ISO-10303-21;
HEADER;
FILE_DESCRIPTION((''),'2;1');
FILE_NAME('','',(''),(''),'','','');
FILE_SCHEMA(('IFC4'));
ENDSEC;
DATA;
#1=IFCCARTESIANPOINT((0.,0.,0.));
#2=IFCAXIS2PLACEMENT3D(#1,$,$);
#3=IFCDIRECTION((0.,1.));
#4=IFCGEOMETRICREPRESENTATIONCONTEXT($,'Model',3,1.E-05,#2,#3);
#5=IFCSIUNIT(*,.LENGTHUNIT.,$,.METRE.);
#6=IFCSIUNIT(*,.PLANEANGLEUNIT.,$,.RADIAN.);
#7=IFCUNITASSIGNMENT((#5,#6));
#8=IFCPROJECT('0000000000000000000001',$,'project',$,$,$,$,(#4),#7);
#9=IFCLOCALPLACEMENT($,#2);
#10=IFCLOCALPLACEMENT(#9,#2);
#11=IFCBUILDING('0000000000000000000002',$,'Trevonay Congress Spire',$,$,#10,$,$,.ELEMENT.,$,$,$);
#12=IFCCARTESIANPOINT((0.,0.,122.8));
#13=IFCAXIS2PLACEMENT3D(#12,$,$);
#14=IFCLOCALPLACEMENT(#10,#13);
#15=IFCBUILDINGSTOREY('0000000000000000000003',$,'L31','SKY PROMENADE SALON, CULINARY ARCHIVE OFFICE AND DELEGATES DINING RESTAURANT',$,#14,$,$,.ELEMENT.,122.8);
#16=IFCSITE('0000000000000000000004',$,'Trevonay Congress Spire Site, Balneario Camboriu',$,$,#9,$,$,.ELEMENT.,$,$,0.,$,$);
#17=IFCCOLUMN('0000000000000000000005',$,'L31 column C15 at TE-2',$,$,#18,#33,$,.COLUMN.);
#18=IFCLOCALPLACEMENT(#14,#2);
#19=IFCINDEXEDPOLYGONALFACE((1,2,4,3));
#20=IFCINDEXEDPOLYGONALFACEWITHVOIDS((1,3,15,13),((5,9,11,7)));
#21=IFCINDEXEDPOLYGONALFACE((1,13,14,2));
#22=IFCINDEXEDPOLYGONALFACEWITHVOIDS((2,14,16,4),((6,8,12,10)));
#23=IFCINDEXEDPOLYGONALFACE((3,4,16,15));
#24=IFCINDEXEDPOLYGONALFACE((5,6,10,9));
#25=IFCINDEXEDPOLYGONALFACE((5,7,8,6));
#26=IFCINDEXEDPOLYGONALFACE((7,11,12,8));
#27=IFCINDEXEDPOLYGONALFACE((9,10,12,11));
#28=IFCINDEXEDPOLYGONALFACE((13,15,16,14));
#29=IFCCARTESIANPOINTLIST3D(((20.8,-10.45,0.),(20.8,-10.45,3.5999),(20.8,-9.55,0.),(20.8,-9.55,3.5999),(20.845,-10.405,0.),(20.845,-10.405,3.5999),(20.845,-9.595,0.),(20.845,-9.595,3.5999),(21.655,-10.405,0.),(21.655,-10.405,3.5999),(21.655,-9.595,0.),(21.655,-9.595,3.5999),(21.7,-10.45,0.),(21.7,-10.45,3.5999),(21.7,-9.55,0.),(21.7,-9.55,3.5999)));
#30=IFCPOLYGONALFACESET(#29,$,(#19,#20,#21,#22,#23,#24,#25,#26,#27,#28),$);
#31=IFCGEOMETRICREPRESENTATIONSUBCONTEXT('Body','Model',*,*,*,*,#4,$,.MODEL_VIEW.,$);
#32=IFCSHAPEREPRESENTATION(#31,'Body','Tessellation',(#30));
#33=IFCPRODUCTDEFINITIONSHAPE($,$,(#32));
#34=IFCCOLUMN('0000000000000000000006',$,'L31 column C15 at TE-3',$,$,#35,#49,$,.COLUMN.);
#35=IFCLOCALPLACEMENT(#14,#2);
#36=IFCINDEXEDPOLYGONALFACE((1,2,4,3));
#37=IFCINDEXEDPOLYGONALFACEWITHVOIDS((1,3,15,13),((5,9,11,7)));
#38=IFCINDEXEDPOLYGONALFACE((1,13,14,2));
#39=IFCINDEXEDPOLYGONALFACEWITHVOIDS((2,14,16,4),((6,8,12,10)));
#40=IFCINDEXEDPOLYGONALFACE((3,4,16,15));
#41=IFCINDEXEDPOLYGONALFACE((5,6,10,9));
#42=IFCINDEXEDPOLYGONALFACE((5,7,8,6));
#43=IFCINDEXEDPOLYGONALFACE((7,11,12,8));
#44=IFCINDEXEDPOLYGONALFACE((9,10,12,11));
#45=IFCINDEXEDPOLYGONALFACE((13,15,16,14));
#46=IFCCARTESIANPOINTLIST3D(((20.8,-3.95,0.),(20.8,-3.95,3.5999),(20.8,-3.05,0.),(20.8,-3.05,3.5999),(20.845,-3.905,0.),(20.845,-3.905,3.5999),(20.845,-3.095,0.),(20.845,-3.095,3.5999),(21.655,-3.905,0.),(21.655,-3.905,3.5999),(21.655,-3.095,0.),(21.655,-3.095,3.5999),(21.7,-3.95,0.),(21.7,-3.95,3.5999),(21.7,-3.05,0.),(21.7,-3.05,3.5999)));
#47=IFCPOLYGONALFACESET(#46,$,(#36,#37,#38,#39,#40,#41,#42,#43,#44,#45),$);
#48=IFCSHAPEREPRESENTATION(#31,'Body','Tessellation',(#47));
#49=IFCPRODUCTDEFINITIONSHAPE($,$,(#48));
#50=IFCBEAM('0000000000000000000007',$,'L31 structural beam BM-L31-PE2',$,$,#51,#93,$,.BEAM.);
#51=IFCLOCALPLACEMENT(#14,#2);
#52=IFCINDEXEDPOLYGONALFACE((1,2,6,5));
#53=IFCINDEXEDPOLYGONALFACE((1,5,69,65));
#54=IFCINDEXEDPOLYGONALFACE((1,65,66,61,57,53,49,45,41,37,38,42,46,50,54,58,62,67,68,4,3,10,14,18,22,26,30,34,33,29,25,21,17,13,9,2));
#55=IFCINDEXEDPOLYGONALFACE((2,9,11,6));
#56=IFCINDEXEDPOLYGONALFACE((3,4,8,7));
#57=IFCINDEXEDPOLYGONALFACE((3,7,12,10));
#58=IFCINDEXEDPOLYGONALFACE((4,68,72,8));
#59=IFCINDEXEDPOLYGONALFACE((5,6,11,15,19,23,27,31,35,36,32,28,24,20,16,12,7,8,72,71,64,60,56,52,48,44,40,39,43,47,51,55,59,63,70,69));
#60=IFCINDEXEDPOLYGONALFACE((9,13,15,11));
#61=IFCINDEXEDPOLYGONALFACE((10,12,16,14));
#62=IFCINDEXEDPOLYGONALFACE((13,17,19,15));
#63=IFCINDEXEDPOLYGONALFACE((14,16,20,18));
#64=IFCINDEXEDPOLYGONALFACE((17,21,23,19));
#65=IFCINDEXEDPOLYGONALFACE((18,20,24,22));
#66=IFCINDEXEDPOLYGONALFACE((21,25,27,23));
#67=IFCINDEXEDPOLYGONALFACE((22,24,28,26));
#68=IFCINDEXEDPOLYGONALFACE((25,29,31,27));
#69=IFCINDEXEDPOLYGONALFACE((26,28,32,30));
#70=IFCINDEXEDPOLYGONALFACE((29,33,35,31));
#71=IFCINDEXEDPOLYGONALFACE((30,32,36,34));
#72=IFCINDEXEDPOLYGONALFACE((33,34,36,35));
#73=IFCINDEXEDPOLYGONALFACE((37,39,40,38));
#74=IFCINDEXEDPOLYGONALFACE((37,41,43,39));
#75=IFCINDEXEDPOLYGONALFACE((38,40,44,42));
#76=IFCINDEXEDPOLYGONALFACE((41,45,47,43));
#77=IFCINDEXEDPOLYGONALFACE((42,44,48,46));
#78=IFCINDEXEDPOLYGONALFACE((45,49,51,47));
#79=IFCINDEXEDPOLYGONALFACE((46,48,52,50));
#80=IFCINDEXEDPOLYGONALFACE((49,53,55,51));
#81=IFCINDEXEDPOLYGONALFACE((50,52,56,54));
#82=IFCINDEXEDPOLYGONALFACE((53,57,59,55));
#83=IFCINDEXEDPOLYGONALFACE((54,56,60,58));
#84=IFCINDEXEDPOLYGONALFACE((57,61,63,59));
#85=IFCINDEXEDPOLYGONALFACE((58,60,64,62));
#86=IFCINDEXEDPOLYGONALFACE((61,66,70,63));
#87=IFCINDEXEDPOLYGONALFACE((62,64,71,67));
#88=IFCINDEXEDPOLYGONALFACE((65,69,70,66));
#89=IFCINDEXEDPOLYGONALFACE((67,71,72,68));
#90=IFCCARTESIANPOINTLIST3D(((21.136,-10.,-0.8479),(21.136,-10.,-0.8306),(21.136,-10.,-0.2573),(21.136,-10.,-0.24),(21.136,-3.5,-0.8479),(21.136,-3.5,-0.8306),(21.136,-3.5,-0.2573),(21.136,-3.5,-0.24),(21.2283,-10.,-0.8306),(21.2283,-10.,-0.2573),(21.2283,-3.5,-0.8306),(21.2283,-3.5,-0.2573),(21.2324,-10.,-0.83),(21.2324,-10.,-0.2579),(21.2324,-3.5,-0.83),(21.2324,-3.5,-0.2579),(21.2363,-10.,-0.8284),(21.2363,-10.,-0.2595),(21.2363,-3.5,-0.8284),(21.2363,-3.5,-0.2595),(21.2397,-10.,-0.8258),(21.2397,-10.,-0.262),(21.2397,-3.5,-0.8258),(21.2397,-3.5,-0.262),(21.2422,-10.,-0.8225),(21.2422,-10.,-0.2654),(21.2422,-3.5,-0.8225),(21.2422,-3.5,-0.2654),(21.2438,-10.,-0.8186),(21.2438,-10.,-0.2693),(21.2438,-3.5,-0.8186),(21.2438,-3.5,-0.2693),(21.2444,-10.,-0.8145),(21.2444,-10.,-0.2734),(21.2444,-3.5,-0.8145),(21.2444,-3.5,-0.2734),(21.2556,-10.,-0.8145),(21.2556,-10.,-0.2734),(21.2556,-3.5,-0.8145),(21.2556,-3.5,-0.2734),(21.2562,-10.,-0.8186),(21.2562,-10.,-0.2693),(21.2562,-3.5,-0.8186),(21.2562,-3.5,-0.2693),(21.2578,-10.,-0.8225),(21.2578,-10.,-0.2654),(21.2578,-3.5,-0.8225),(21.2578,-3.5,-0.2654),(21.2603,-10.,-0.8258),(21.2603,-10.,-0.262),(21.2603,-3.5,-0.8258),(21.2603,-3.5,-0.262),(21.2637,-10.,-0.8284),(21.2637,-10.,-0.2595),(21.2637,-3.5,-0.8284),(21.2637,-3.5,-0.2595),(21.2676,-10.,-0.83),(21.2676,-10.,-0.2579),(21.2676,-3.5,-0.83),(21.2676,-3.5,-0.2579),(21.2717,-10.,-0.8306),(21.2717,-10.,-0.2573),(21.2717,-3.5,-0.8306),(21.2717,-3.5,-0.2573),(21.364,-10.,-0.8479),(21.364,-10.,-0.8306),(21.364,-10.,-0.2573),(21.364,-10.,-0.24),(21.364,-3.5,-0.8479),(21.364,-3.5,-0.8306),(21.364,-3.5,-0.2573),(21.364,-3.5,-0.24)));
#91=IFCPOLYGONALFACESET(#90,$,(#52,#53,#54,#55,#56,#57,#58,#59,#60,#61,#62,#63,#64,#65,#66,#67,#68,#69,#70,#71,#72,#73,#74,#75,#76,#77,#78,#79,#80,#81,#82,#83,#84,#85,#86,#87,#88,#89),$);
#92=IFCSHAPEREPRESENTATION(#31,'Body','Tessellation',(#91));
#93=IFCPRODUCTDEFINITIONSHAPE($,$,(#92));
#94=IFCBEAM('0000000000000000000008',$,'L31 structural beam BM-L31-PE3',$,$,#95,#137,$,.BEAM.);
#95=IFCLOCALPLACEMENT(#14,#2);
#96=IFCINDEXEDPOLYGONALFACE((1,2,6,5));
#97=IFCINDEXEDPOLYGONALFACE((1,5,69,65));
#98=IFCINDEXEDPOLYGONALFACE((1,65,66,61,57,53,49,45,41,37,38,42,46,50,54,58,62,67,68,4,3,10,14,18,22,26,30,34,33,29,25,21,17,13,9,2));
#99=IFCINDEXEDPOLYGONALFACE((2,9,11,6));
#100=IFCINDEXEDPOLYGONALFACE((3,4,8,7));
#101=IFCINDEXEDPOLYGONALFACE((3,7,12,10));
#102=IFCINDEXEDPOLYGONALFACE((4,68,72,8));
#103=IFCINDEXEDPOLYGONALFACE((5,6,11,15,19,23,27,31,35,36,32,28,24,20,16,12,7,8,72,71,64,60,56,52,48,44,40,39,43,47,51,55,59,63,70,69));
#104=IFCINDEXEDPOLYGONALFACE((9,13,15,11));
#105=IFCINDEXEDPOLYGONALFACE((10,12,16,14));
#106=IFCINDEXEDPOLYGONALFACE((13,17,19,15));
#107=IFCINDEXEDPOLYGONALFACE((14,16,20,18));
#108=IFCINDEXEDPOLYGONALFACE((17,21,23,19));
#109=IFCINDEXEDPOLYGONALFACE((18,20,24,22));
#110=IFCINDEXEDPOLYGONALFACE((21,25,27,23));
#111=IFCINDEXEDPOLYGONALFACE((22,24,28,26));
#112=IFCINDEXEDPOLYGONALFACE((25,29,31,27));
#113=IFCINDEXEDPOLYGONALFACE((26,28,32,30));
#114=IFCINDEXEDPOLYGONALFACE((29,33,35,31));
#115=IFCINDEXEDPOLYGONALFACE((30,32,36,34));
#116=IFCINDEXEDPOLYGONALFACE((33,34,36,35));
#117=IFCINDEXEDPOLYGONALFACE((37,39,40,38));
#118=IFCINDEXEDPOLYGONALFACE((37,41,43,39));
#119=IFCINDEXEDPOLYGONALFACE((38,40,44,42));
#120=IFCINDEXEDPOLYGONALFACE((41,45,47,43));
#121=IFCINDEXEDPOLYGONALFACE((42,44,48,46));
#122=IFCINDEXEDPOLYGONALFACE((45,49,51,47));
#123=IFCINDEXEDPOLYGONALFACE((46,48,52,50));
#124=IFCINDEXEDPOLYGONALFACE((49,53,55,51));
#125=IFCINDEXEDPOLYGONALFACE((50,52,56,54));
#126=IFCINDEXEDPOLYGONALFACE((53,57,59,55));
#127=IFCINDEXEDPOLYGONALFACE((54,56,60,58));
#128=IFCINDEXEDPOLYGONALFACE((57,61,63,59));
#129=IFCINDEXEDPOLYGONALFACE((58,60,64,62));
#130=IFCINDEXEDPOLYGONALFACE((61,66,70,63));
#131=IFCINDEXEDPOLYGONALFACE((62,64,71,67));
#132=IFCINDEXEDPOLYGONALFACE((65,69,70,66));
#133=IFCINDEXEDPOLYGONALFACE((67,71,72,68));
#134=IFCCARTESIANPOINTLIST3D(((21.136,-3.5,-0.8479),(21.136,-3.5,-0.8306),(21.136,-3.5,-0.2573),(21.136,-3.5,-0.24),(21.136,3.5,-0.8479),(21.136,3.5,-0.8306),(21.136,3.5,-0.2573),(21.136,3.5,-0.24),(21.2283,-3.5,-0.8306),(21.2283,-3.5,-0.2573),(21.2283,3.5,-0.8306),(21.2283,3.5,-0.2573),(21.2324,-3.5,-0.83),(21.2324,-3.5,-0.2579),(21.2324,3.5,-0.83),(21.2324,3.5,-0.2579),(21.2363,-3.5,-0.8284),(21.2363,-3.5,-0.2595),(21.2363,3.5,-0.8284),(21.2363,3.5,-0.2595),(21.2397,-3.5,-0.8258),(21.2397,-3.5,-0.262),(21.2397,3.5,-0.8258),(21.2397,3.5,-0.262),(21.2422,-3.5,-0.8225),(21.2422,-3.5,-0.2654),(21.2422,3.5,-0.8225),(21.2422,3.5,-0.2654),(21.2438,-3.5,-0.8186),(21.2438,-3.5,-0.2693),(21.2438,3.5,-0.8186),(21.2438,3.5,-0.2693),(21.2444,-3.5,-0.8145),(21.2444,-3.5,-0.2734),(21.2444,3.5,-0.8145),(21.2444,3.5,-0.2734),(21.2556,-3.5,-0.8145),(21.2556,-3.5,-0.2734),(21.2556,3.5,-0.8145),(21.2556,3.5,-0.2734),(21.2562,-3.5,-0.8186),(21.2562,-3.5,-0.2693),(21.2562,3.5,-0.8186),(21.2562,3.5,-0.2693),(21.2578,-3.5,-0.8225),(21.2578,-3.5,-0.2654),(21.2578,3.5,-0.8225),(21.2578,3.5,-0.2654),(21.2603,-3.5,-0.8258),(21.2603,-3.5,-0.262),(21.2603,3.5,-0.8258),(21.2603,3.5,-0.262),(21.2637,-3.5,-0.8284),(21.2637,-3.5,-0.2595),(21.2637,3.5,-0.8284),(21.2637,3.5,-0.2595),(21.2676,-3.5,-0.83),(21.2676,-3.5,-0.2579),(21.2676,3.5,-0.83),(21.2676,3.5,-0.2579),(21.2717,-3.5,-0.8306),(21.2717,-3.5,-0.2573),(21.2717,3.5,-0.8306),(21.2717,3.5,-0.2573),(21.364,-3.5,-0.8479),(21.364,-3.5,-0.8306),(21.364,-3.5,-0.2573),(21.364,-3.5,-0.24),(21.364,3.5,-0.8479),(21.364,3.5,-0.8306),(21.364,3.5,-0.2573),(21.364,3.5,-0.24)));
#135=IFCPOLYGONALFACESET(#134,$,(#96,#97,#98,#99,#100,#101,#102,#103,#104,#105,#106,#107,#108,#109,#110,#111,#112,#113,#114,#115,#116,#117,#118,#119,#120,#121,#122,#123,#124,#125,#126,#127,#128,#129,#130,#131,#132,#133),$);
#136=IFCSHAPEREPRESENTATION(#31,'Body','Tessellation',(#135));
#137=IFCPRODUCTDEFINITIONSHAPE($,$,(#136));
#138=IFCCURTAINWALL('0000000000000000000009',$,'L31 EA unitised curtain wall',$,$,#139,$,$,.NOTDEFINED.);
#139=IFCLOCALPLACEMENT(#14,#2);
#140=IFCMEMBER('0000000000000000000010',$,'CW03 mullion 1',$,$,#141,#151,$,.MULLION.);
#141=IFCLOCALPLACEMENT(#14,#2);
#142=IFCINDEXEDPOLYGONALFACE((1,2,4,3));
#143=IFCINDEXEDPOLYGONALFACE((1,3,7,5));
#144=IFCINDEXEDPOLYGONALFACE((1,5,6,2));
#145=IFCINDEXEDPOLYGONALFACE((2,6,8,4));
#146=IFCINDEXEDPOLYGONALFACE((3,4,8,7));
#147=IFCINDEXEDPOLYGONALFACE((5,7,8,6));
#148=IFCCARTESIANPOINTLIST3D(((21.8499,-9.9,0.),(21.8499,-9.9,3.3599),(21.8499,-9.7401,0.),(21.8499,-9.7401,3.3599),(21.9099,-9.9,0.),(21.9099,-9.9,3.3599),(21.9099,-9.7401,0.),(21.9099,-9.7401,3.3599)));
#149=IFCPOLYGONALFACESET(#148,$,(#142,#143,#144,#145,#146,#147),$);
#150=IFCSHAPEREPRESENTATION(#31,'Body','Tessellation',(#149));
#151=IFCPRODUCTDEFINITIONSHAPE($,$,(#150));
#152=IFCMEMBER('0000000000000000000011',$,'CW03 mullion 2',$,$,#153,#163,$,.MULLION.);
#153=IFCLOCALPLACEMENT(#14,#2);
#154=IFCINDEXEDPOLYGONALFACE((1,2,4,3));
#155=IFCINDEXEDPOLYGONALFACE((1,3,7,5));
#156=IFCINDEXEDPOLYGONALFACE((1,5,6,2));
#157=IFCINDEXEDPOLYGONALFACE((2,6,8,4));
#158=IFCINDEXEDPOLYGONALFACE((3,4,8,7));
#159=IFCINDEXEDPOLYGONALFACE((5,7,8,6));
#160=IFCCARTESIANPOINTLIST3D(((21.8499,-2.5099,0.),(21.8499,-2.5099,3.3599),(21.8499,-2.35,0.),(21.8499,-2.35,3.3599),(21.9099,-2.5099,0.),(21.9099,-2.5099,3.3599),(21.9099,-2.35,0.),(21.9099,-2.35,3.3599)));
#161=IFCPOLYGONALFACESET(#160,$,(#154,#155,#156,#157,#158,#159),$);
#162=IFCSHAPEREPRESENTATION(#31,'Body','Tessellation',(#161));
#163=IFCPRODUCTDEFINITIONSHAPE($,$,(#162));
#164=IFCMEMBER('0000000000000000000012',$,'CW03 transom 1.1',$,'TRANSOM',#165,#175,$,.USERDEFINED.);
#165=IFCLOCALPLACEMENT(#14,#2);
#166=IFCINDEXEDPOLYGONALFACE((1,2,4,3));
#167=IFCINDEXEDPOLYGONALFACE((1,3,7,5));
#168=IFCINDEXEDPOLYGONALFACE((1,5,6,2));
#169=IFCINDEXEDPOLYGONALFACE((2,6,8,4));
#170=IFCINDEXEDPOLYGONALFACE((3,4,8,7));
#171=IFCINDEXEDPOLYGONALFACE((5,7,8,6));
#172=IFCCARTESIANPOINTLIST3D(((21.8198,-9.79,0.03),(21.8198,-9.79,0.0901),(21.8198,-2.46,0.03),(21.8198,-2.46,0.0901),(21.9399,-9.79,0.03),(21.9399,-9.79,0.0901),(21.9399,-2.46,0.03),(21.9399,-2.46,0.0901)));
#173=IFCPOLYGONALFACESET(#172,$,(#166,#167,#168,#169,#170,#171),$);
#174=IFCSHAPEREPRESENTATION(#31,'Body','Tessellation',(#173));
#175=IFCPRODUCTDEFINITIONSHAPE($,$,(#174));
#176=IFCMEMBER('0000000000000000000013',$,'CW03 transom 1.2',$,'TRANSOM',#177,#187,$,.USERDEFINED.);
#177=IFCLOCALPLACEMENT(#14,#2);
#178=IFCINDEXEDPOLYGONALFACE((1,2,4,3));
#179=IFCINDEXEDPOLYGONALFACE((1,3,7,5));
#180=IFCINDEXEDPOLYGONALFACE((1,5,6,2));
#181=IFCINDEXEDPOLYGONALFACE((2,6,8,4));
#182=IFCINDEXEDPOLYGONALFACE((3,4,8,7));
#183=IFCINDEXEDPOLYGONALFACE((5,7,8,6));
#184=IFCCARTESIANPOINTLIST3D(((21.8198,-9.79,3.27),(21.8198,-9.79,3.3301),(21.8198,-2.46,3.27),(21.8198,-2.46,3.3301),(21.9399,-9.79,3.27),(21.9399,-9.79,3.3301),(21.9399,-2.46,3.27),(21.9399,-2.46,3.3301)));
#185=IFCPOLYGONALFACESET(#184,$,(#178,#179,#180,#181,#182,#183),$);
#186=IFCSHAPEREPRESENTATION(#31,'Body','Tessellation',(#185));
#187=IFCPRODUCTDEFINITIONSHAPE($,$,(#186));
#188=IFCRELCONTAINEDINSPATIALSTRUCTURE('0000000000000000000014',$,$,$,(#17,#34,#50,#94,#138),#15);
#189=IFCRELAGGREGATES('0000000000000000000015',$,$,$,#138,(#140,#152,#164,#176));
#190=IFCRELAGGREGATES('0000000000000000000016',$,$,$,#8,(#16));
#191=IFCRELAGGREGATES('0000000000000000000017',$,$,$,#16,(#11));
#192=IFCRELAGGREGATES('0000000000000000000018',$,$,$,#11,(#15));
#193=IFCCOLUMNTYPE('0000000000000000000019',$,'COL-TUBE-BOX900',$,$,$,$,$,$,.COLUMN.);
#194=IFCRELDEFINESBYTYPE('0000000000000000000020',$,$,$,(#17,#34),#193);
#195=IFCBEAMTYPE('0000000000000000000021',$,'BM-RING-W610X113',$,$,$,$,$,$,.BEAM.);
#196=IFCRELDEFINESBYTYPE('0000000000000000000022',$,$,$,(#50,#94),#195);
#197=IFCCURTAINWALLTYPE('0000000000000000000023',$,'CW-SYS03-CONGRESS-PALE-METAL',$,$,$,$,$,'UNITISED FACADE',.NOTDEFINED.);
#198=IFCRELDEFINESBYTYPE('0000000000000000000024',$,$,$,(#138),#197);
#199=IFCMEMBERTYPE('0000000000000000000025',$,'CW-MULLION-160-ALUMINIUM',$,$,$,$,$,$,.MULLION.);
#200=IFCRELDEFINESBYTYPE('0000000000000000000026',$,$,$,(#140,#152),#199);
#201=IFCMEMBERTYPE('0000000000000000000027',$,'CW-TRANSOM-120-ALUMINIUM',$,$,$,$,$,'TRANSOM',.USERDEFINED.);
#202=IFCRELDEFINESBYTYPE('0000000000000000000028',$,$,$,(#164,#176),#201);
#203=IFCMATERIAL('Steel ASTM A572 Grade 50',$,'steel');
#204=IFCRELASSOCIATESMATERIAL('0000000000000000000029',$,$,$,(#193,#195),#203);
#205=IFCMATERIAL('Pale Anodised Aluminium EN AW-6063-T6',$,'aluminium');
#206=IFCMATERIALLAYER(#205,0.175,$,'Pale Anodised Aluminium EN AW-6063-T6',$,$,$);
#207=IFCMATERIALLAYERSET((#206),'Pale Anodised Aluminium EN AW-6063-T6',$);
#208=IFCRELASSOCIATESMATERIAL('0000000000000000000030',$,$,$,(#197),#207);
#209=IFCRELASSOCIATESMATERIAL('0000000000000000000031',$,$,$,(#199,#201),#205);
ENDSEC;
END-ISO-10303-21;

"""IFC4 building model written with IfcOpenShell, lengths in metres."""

from ifc_helpers import new_model, si_unit, direction, frame, origin, origin_2d, place, context, subcontext, project, spatial, rectangle, hollow_rectangle, i_section, extrude, material, layer, layer_set, material_profile, profile_set, type_object, element, aggregate, save


model = new_model("IFC4")

# Units and contexts
model_context = context("Model", 3, precision=1e-05, world=origin(), true_north=direction((0.0, 1.0)))
body_context = subcontext(model_context, "Body", "Model", "MODEL_VIEW")
ifc_project = project(units=[si_unit("LENGTHUNIT", "METRE"), si_unit("PLANEANGLEUNIT", "RADIAN")], contexts=[model_context])

# Site, building, storey
site_placement = place(None, origin())
site = spatial("IfcSite", under=ifc_project, at=site_placement, Name="Trevonay Congress Spire Site, Balneario Camboriu", CompositionType="ELEMENT", RefElevation=0.0)
building_placement = place(site_placement, origin())
building = spatial("IfcBuilding", under=site, at=building_placement, Name="Trevonay Congress Spire", CompositionType="ELEMENT")
storey_placement = place(building_placement, frame((0.0, 0.0, 122.8)))
storey = spatial("IfcBuildingStorey", under=building, at=storey_placement, Name="L31", Description="SKY PROMENADE SALON, CULINARY ARCHIVE OFFICE AND DELEGATES DINING RESTAURANT", CompositionType="ELEMENT", Elevation=122.8)

# Columns
ifc_material_1 = material(Name="Steel ASTM A572 Grade 50", Category="steel")
ifc_material_profile_1 = material_profile(ifc_material_1, hollow_rectangle(XDim=0.8999, YDim=0.8999, WallThickness=0.0449, at=origin_2d()), Name="BOX 900x900x45")
ifc_profile_set_1 = profile_set([ifc_material_profile_1], Name="Steel ASTM A572 Grade 50")
column_type = type_object("IfcColumnType", Name="COL-TUBE-BOX900", PredefinedType="COLUMN", material=ifc_profile_set_1)
for number, where, z_axis, x_axis, name in (
    (1, (21.25, -10.0, 0.0), (0.0, 0.0, 1.0), (1.0, 0.0, 0.0), "L31 column C15 at TE-2"),
    (2, (21.25, -3.5, 0.0), (0.0, 0.0, 1.0), (1.0, 0.0, 0.0), "L31 column C15 at TE-3"),
):
    element("IfcColumn", number, at=place(storey_placement, frame(where, z_axis=z_axis, x_axis=x_axis)), inside=storey, type_object=column_type, Name=name, PredefinedType="COLUMN", context=body_context, shape_type="SweptSolid", body=[
        extrude(hollow_rectangle(XDim=0.8999, YDim=0.8999, WallThickness=0.0449, at=origin_2d()), origin(), (0.0, 0.0, 1.0), 3.5999),
    ])

# Beams
ifc_material_profile_2 = material_profile(ifc_material_1, i_section(OverallWidth=0.228, OverallDepth=0.6079, WebThickness=0.0112, FlangeThickness=0.0173, FilletRadius=0.0161, at=origin_2d()), Name="W610x113")
ifc_profile_set_2 = profile_set([ifc_material_profile_2], Name="Steel ASTM A572 Grade 50")
beam_type = type_object("IfcBeamType", Name="BM-RING-W610X113", PredefinedType="BEAM", material=ifc_profile_set_2)
beam_1_placement = place(storey_placement, frame((21.25, -10.0, -0.5439), z_axis=(0.0, 1.0, 0.0), x_axis=(-1.0, 0.0, 0.0)))
element("IfcBeam", 3, at=beam_1_placement, inside=storey, type_object=beam_type, Name="L31 structural beam BM-L31-PE2", PredefinedType="BEAM", context=body_context, shape_type="SweptSolid", body=[
    extrude(i_section(OverallWidth=0.228, OverallDepth=0.6079, WebThickness=0.0112, FlangeThickness=0.0173, FilletRadius=0.0161, at=origin_2d()), origin(), (0.0, 0.0, 1.0), 6.5),
])
beam_2_placement = place(storey_placement, frame((21.25, -3.5, -0.5439), z_axis=(0.0, 1.0, 0.0), x_axis=(-1.0, 0.0, 0.0)))
element("IfcBeam", 4, at=beam_2_placement, inside=storey, type_object=beam_type, Name="L31 structural beam BM-L31-PE3", PredefinedType="BEAM", context=body_context, shape_type="SweptSolid", body=[
    extrude(i_section(OverallWidth=0.228, OverallDepth=0.6079, WebThickness=0.0112, FlangeThickness=0.0173, FilletRadius=0.0161, at=origin_2d()), origin(), (0.0, 0.0, 1.0), 7.0),
])

# Curtain wall, members
ifc_material_2 = material(Name="Pale Anodised Aluminium EN AW-6063-T6", Category="aluminium")
ifc_layer_1 = layer(ifc_material_2, 0.175, Name="Pale Anodised Aluminium EN AW-6063-T6")
ifc_layer_set_1 = layer_set([ifc_layer_1], Name="Pale Anodised Aluminium EN AW-6063-T6")
curtain_wall_type = type_object("IfcCurtainWallType", Name="CW-SYS03-CONGRESS-PALE-METAL", ElementType="UNITISED FACADE", PredefinedType="NOTDEFINED", material=ifc_layer_set_1)
curtain_wall_placement = place(storey_placement, origin())
curtain_wall = element("IfcCurtainWall", 5, at=curtain_wall_placement, inside=storey, type_object=curtain_wall_type, Name="L31 EA unitised curtain wall", PredefinedType="NOTDEFINED")
ifc_material_profile_3 = material_profile(ifc_material_2, rectangle(XDim=0.0601, YDim=0.1599, at=origin_2d()), Name="CW-MULLION-160-ALUMINIUM")
ifc_profile_set_3 = profile_set([ifc_material_profile_3], Name="Pale Anodised Aluminium EN AW-6063-T6")
member_type_1 = type_object("IfcMemberType", Name="CW-MULLION-160-ALUMINIUM", PredefinedType="MULLION", material=ifc_profile_set_3)
member_1_placement = place(storey_placement, frame((21.8799, -9.8201, 0.0), z_axis=(0.0, 0.0, 1.0), x_axis=(-1.0, 0.0, 0.0)))
member_1 = element("IfcMember", 6, at=member_1_placement, type_object=member_type_1, Name="CW03 mullion 1", PredefinedType="MULLION", context=body_context, shape_type="SweptSolid", body=[
    extrude(rectangle(XDim=0.0601, YDim=0.1599, at=origin_2d()), origin(), (0.0, 0.0, 1.0), 3.3599),
])
member_2_placement = place(storey_placement, frame((21.8799, -2.4299, 0.0), z_axis=(0.0, 0.0, 1.0), x_axis=(-1.0, 0.0, 0.0)))
member_2 = element("IfcMember", 7, at=member_2_placement, type_object=member_type_1, Name="CW03 mullion 2", PredefinedType="MULLION", context=body_context, shape_type="SweptSolid", body=[
    extrude(rectangle(XDim=0.0601, YDim=0.1599, at=origin_2d()), origin(), (0.0, 0.0, 1.0), 3.3599),
])
ifc_material_profile_4 = material_profile(ifc_material_2, rectangle(XDim=0.1201, YDim=0.0601, at=origin_2d()), Name="CW-TRANSOM-120-ALUMINIUM")
ifc_profile_set_4 = profile_set([ifc_material_profile_4], Name="Pale Anodised Aluminium EN AW-6063-T6")
member_type_2 = type_object("IfcMemberType", Name="CW-TRANSOM-120-ALUMINIUM", ElementType="TRANSOM", PredefinedType="USERDEFINED", material=ifc_profile_set_4)
member_3_placement = place(storey_placement, frame((21.8799, -9.79, 0.0601), z_axis=(0.0, 1.0, 0.0), x_axis=(-1.0, 0.0, 0.0)))
member_3 = element("IfcMember", 8, at=member_3_placement, type_object=member_type_2, Name="CW03 transom 1.1", ObjectType="TRANSOM", PredefinedType="USERDEFINED", context=body_context, shape_type="SweptSolid", body=[
    extrude(rectangle(XDim=0.1201, YDim=0.0601, at=origin_2d()), origin(), (0.0, 0.0, 1.0), 7.3301),
])
member_4_placement = place(storey_placement, frame((21.8799, -9.79, 3.3), z_axis=(0.0, 1.0, 0.0), x_axis=(-1.0, 0.0, 0.0)))
member_4 = element("IfcMember", 9, at=member_4_placement, type_object=member_type_2, Name="CW03 transom 1.2", ObjectType="TRANSOM", PredefinedType="USERDEFINED", context=body_context, shape_type="SweptSolid", body=[
    extrude(rectangle(XDim=0.1201, YDim=0.0601, at=origin_2d()), origin(), (0.0, 0.0, 1.0), 7.3301),
])
aggregate(curtain_wall, [member_1, member_2, member_3, member_4])

save(model, "model.ifc")
